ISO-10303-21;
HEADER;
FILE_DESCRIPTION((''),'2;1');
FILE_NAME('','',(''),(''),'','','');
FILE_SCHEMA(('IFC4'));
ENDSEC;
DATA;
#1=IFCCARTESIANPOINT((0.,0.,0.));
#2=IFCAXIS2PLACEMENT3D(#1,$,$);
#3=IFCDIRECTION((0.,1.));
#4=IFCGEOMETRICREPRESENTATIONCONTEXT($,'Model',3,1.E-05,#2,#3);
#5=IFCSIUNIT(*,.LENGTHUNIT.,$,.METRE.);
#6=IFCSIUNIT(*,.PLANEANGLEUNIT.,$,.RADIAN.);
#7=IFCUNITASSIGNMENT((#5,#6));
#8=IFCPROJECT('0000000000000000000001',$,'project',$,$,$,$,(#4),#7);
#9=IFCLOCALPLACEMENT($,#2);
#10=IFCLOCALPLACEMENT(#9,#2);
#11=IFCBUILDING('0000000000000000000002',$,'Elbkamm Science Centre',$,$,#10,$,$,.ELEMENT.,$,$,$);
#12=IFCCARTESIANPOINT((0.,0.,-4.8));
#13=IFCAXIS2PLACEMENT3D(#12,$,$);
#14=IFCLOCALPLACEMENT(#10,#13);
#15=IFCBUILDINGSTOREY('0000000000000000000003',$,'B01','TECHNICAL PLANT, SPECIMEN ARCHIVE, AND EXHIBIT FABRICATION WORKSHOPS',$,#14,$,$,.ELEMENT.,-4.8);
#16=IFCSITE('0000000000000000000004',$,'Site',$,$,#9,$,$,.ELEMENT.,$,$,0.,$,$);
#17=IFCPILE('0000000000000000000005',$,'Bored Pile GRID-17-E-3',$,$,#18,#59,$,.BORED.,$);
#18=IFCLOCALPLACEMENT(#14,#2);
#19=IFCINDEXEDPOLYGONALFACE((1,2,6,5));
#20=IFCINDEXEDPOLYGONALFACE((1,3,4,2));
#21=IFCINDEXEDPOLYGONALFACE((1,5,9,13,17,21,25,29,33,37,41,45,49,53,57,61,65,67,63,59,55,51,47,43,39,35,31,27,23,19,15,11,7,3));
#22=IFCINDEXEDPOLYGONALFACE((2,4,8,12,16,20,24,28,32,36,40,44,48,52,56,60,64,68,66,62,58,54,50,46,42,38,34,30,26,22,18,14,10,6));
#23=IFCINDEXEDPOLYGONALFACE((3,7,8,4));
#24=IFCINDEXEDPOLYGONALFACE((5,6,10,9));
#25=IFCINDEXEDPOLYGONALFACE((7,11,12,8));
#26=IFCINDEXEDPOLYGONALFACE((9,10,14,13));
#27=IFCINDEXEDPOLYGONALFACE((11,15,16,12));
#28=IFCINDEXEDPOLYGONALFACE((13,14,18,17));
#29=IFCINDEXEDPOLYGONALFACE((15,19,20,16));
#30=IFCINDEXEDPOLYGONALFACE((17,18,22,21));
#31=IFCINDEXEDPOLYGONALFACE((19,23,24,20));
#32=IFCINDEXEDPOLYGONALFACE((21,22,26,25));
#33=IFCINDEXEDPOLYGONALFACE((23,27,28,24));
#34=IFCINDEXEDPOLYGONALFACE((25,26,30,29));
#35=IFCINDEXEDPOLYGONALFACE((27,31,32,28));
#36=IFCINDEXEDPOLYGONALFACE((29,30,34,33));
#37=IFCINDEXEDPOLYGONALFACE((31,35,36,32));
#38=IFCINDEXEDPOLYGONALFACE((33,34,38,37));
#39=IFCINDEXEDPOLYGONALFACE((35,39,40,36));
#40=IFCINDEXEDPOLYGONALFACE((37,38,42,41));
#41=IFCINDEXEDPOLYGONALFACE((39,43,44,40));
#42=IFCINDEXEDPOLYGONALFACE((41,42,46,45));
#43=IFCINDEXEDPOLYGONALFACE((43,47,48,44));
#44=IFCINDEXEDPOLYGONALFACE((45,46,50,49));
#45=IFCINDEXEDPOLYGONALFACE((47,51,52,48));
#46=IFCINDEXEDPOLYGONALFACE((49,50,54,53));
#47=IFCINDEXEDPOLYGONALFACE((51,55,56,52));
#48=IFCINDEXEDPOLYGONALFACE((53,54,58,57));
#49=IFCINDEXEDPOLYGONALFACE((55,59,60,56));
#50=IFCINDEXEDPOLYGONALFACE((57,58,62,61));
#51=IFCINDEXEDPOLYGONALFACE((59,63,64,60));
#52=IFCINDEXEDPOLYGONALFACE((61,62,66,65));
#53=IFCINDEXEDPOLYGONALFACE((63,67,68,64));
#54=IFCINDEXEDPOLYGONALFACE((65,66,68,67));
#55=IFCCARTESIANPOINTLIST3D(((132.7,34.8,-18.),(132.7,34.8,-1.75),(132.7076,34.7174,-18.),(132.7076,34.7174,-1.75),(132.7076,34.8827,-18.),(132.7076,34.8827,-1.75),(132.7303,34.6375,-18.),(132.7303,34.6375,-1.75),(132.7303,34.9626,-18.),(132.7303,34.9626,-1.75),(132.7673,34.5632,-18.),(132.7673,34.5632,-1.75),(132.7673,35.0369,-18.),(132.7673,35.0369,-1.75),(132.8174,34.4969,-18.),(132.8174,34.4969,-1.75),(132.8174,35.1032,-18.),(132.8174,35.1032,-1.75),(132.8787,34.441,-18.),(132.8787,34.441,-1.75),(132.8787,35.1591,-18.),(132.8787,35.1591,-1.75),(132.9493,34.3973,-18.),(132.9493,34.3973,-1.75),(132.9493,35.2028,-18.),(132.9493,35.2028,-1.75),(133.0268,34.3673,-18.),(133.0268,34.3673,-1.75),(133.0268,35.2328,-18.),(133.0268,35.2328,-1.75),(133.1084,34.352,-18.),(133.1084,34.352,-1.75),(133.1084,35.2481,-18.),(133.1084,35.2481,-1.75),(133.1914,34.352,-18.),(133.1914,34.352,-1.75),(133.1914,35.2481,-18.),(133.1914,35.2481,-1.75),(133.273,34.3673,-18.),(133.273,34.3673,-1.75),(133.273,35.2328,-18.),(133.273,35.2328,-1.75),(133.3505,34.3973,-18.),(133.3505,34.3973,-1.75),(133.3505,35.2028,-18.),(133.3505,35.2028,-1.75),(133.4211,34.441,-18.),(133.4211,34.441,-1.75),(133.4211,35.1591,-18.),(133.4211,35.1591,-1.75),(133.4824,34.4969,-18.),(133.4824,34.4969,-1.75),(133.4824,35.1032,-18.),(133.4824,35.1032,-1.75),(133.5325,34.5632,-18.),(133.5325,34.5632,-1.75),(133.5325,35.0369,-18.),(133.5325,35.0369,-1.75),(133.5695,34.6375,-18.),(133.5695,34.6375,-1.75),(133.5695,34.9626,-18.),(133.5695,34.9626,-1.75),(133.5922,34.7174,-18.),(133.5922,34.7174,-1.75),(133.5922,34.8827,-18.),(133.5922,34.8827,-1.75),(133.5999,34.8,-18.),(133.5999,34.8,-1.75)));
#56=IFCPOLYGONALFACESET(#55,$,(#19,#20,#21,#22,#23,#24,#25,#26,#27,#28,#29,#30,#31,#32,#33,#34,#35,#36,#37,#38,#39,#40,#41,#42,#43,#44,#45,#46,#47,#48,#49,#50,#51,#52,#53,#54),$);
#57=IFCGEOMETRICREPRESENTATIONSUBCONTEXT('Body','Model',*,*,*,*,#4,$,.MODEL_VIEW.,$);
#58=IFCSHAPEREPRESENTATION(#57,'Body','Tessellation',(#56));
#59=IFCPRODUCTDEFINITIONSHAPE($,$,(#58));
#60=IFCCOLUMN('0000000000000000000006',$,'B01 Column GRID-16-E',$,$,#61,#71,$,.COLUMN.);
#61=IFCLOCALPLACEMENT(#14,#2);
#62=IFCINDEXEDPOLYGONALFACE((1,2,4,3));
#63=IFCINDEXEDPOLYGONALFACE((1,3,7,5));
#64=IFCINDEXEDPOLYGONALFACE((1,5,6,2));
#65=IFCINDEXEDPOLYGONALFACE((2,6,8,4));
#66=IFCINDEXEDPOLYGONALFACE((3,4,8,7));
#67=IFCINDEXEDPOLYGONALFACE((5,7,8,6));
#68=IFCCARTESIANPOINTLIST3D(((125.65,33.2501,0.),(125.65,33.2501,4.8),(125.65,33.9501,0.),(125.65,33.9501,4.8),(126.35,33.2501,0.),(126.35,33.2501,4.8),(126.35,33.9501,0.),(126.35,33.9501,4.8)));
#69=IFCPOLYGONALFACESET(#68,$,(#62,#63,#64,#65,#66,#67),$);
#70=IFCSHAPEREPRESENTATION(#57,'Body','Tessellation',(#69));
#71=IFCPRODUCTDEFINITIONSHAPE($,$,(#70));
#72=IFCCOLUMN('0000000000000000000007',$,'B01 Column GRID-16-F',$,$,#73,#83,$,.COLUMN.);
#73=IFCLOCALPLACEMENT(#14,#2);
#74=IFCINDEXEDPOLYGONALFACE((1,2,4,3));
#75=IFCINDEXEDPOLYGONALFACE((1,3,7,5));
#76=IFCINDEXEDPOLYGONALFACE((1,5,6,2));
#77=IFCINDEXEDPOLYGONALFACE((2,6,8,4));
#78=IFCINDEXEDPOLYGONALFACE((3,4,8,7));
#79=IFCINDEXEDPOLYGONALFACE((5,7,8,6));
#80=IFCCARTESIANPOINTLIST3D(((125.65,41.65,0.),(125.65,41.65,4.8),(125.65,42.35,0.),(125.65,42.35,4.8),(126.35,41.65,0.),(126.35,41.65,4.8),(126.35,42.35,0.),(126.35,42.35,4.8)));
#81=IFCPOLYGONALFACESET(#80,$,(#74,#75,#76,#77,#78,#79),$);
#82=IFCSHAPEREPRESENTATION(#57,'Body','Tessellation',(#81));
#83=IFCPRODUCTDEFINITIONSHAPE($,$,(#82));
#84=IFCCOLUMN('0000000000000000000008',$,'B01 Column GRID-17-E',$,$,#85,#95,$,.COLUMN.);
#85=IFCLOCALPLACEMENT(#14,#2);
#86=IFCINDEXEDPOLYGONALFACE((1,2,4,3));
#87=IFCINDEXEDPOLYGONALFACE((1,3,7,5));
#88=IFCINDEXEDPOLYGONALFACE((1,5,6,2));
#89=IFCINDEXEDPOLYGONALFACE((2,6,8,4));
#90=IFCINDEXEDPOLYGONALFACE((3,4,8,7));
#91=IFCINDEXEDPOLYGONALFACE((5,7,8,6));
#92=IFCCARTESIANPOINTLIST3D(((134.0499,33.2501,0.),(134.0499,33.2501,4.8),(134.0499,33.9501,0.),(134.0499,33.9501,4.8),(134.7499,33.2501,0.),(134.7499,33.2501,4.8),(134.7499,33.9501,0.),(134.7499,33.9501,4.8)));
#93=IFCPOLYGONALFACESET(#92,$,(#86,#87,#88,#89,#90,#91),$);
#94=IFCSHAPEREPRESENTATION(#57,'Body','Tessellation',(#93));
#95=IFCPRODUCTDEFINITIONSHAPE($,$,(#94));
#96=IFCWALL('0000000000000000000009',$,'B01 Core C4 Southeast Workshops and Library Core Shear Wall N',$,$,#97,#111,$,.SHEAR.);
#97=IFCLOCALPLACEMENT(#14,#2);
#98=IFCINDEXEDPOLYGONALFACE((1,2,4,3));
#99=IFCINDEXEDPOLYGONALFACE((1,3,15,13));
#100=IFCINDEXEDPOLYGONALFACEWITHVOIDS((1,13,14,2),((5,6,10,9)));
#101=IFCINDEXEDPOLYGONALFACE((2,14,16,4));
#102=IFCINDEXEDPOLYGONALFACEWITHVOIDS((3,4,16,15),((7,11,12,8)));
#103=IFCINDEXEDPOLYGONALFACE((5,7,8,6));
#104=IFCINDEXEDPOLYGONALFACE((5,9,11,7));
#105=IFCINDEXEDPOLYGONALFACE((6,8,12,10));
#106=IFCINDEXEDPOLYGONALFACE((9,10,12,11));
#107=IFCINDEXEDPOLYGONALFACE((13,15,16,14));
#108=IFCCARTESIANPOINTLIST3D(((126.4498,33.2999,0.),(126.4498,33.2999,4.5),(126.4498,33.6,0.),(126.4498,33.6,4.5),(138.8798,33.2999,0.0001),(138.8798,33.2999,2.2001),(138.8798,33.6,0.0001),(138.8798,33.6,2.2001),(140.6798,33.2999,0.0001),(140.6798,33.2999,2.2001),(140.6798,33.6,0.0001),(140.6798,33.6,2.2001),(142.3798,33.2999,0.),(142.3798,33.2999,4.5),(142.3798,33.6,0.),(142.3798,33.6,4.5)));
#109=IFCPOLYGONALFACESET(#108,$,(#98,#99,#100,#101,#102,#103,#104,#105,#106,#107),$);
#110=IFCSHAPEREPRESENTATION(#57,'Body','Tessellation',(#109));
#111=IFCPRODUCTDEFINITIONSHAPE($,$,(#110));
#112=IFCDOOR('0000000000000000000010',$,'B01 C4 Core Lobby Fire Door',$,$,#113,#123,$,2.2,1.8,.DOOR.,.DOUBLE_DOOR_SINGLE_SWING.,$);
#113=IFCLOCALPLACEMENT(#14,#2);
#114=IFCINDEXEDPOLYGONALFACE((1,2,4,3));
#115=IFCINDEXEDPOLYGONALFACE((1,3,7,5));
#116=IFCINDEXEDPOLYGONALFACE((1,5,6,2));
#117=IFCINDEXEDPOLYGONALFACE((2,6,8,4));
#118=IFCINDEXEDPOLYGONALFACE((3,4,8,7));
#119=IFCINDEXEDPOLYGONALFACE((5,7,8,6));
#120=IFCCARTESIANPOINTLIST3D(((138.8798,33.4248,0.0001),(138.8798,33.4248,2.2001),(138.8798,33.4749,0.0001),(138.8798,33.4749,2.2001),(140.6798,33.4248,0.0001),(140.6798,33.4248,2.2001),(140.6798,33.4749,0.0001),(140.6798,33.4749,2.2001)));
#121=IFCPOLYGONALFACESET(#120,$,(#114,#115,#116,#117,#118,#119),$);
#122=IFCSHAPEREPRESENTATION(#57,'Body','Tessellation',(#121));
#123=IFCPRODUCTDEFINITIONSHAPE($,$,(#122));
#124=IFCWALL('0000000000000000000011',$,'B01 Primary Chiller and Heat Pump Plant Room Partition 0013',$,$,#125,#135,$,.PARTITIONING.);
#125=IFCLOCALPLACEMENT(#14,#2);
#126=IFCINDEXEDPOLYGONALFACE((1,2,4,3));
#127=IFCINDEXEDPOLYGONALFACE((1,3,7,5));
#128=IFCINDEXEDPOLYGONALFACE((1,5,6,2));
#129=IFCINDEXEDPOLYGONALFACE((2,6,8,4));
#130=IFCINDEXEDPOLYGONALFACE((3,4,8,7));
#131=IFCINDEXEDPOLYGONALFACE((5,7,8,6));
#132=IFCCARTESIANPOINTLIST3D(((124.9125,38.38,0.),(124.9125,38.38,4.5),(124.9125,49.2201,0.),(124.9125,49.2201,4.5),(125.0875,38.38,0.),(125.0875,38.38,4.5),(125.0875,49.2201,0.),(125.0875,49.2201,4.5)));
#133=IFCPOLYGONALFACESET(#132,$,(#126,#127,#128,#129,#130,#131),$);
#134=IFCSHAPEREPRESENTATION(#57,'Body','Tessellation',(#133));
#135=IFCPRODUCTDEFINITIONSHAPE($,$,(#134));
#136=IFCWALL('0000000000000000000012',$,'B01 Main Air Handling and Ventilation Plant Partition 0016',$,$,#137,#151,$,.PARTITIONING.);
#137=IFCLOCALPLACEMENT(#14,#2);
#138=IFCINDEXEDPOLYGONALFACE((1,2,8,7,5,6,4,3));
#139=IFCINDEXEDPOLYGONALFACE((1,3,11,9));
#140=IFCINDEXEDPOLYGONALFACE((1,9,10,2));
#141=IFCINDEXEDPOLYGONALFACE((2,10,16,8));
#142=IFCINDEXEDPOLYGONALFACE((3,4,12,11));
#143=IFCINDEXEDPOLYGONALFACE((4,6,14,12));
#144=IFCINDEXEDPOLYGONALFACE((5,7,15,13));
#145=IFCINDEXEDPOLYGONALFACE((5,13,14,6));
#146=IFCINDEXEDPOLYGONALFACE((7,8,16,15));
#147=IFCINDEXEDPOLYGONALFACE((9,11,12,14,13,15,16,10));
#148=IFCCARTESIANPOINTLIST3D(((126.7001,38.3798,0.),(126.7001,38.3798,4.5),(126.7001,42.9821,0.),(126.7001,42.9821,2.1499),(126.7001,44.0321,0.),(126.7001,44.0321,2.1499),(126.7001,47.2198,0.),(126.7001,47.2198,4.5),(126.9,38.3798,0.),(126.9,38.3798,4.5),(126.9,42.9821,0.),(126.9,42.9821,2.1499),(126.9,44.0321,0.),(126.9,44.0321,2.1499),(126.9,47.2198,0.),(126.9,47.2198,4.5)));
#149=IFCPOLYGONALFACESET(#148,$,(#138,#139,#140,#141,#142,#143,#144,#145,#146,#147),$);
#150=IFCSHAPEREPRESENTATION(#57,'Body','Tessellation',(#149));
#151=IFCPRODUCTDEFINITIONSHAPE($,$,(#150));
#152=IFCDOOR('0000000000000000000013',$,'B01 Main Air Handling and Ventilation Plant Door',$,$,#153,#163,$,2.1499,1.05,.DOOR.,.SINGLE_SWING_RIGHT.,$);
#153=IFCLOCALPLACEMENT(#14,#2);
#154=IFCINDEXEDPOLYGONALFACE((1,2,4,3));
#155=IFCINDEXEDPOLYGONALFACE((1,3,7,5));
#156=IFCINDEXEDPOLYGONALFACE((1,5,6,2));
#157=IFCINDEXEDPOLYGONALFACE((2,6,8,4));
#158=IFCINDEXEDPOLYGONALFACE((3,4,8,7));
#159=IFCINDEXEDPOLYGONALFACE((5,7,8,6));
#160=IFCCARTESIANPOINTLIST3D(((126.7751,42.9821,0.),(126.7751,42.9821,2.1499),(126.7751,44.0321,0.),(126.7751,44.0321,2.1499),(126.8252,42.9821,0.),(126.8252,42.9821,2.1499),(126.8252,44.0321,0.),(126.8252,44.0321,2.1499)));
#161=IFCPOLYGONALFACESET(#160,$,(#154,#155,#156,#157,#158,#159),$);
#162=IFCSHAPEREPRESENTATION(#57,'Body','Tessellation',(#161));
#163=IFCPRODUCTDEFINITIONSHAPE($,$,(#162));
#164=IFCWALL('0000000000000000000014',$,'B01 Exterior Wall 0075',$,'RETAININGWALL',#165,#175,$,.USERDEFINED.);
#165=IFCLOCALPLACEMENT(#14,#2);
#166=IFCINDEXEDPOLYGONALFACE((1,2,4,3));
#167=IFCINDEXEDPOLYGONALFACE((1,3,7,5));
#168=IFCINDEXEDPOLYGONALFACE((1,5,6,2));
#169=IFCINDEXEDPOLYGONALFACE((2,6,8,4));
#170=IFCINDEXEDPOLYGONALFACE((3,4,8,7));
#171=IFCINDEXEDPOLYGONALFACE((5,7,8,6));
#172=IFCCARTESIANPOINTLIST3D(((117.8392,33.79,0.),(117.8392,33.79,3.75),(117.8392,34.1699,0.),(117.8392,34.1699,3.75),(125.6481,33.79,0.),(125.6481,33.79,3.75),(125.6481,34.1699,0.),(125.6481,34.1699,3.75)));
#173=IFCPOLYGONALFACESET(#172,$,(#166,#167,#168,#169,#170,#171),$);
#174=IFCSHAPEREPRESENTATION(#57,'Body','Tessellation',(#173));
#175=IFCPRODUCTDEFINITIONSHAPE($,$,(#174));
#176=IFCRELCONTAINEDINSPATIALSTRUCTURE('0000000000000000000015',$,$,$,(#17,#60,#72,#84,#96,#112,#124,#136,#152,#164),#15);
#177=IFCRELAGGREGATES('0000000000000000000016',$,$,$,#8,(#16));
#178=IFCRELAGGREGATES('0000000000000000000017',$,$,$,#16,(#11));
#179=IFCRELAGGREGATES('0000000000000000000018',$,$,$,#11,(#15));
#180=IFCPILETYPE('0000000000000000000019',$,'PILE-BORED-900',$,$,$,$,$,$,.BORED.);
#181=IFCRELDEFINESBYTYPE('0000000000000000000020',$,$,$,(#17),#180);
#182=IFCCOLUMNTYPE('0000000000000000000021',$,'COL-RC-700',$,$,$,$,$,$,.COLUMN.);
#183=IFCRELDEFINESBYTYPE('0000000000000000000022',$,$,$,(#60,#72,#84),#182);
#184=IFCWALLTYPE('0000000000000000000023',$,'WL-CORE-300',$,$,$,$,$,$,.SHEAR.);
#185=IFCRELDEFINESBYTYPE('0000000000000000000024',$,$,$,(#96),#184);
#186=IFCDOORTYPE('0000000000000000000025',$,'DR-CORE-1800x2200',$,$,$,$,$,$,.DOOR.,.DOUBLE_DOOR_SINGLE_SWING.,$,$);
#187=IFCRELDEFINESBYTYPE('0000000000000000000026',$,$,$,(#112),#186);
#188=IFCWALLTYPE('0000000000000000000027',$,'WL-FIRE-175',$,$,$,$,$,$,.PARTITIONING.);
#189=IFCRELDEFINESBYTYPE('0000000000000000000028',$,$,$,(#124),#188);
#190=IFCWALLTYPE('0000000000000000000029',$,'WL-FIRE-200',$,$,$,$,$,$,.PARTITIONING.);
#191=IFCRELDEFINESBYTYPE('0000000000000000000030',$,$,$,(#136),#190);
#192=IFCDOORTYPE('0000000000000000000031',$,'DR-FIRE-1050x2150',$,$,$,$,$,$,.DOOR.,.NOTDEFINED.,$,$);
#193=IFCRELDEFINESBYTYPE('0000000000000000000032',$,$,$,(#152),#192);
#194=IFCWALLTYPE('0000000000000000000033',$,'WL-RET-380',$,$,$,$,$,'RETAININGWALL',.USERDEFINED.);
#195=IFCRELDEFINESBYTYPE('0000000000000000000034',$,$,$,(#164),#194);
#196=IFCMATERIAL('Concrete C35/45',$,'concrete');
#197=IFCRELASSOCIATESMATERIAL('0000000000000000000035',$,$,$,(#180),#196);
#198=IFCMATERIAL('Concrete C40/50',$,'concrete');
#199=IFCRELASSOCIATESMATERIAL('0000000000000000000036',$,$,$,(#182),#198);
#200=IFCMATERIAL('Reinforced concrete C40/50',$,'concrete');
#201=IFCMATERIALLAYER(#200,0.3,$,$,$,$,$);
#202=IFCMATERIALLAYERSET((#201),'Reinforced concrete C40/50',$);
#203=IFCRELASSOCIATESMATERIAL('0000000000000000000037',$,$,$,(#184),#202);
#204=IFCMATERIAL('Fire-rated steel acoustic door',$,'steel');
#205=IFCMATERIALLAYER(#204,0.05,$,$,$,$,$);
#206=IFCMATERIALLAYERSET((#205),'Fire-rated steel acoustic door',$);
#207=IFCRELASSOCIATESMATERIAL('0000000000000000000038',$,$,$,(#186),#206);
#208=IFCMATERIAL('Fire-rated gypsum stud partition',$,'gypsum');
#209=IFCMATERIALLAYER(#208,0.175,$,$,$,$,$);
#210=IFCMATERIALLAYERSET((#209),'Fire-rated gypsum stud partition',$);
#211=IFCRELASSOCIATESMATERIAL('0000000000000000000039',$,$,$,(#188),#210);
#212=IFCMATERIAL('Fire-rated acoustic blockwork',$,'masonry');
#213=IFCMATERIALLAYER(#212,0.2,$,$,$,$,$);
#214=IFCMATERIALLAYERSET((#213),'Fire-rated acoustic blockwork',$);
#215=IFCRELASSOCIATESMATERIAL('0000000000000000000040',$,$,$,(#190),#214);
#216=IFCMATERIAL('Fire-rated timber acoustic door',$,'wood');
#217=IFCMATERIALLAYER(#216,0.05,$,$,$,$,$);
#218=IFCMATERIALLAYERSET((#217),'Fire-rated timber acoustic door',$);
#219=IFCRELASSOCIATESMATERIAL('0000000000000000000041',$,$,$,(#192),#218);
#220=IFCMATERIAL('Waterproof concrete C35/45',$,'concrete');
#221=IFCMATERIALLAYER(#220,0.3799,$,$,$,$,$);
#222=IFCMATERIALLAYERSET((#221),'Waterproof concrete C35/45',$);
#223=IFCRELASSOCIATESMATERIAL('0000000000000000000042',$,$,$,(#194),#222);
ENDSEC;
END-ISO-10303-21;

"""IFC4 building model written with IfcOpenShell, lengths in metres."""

from ifc_helpers import new_model, si_unit, direction, frame, frame_2d, origin, origin_2d, place, context, subcontext, project, spatial, rectangle, circle, extrude, material, layer, layer_set, material_profile, profile_set, type_object, element, fill, save


model = new_model("IFC4")

# Units and contexts
model_context = context("Model", 3, precision=1e-05, world=origin(), true_north=direction((0.0, 1.0)))
body_context = subcontext(model_context, "Body", "Model", "MODEL_VIEW")
ifc_project = project(units=[si_unit("LENGTHUNIT", "METRE"), si_unit("PLANEANGLEUNIT", "RADIAN")], contexts=[model_context])

# Site, building, storey
site_placement = place(None, origin())
site = spatial("IfcSite", under=ifc_project, at=site_placement, Name="Site", CompositionType="ELEMENT", RefElevation=0.0)
building_placement = place(site_placement, origin())
building = spatial("IfcBuilding", under=site, at=building_placement, Name="Elbkamm Science Centre", CompositionType="ELEMENT")
storey_placement = place(building_placement, frame((0.0, 0.0, -4.8)))
storey = spatial("IfcBuildingStorey", under=building, at=storey_placement, Name="B01", Description="TECHNICAL PLANT, SPECIMEN ARCHIVE, AND EXHIBIT FABRICATION WORKSHOPS", CompositionType="ELEMENT", Elevation=-4.8)

# Shared definitions
ifc_material_1 = material(Name="Concrete C35/45", Category="concrete")

# Pile
ifc_material_profile_1 = material_profile(ifc_material_1, circle(Radius=0.45, at=origin_2d()), Name="PILE D900")
ifc_profile_set_1 = profile_set([ifc_material_profile_1], Name="Concrete C35/45")
pile_type_1 = type_object("IfcPileType", Name="PILE-BORED-900", PredefinedType="BORED", material=ifc_profile_set_1)
for number, where, z_axis, x_axis, name in (
    (1, (133.1499, 34.8, -1.75), (0.0, 0.0, -1.0), (1.0, 0.0, 0.0), "Bored Pile GRID-17-E-3"),
):
    element("IfcPile", number, at=place(storey_placement, frame(where, z_axis=z_axis, x_axis=x_axis)), inside=storey, type_object=pile_type_1, Name=name, PredefinedType="BORED", context=body_context, shape_type="SweptSolid", body=[
        extrude(circle(Radius=0.45, at=origin_2d()), origin(), (0.0, 0.0, 1.0), 16.25),
    ])

# Columns
ifc_material_2 = material(Name="Concrete C40/50", Category="concrete")
ifc_material_profile_2 = material_profile(ifc_material_2, rectangle(XDim=0.7, YDim=0.7, at=origin_2d()), Name="RC 700x700")
ifc_profile_set_2 = profile_set([ifc_material_profile_2], Name="Concrete C40/50")
column_type = type_object("IfcColumnType", Name="COL-RC-700", PredefinedType="COLUMN", material=ifc_profile_set_2)
for number, where, z_axis, x_axis, name in (
    (2, (126.0, 33.6001, 0.0), (0.0, 0.0, 1.0), (1.0, 0.0, 0.0), "B01 Column GRID-16-E"),
    (3, (126.0, 42.0, 0.0), (0.0, 0.0, 1.0), (1.0, 0.0, 0.0), "B01 Column GRID-16-F"),
    (4, (134.3999, 33.6001, 0.0), (0.0, 0.0, 1.0), (1.0, 0.0, 0.0), "B01 Column GRID-17-E"),
):
    element("IfcColumn", number, at=place(storey_placement, frame(where, z_axis=z_axis, x_axis=x_axis)), inside=storey, type_object=column_type, Name=name, PredefinedType="COLUMN", context=body_context, shape_type="SweptSolid", body=[
        extrude(rectangle(XDim=0.7, YDim=0.7, at=origin_2d()), origin(), (0.0, 0.0, 1.0), 4.8),
    ])

# Wall, opening, door
ifc_material_3 = material(Name="Reinforced concrete C40/50", Category="concrete")
ifc_layer_1 = layer(ifc_material_3, 0.3)
ifc_layer_set_1 = layer_set([ifc_layer_1], Name="Reinforced concrete C40/50")
wall_type_1 = type_object("IfcWallType", Name="WL-CORE-300", PredefinedType="SHEAR", material=ifc_layer_set_1)
wall_1_placement = place(storey_placement, frame((126.45, 33.45, 0.0), z_axis=(0.0, 0.0, 1.0), x_axis=(1.0, 0.0, 0.0)))
wall_1 = element("IfcWall", 5, at=wall_1_placement, inside=storey, type_object=wall_type_1, Name="B01 Core C4 Southeast Workshops and Library Core Shear Wall N", PredefinedType="SHEAR", context=body_context, shape_type="SweptSolid", body=[
    extrude(rectangle(XDim=15.9299, YDim=0.3, at=frame_2d((7.9648, 0.0))), origin(), (0.0, 0.0, 1.0), 4.5),
])
opening_1_placement = place(wall_1_placement, frame((12.4299, 0.0, 0.0)))
opening_1 = element("IfcOpeningElement", 6, at=opening_1_placement, cuts=wall_1, PredefinedType="OPENING", context=body_context, shape_type="SweptSolid", body=[
    extrude(rectangle(XDim=1.8, YDim=2.2, at=frame_2d((0.8999, 1.1001))), frame((0.0, 0.1621, 0.0), z_axis=(0.0, -1.0, 0.0), x_axis=(1.0, 0.0, 0.0)), (0.0, 0.0, 1.0), 0.324),
])
ifc_material_4 = material(Name="Fire-rated steel acoustic door", Category="steel")
ifc_layer_2 = layer(ifc_material_4, 0.05)
ifc_layer_set_2 = layer_set([ifc_layer_2], Name="Fire-rated steel acoustic door")
door_type_1 = type_object("IfcDoorType", Name="DR-CORE-1800x2200", OperationType="DOUBLE_DOOR_SINGLE_SWING", PredefinedType="DOOR", material=ifc_layer_set_2)
door_1_placement = place(opening_1_placement, origin())
door_1 = element("IfcDoor", 7, at=door_1_placement, inside=storey, type_object=door_type_1, Name="B01 C4 Core Lobby Fire Door", OperationType="DOUBLE_DOOR_SINGLE_SWING", OverallHeight=2.2, OverallWidth=1.8, PredefinedType="DOOR", context=body_context, shape_type="SweptSolid", body=[
    extrude(rectangle(XDim=1.8, YDim=2.2, at=frame_2d((0.8999, 1.1001))), frame((0.0, 0.0249, 0.0), z_axis=(0.0, -1.0, 0.0), x_axis=(1.0, 0.0, 0.0)), (0.0, 0.0, 1.0), 0.05),
])
fill(opening_1, door_1)

# Wall
ifc_material_5 = material(Name="Fire-rated gypsum stud partition", Category="gypsum")
ifc_layer_3 = layer(ifc_material_5, 0.175)
ifc_layer_set_3 = layer_set([ifc_layer_3], Name="Fire-rated gypsum stud partition")
wall_type_2 = type_object("IfcWallType", Name="WL-FIRE-175", PredefinedType="PARTITIONING", material=ifc_layer_set_3)
wall_2_placement = place(storey_placement, frame((125.0, 49.22, 0.0), z_axis=(0.0, 0.0, 1.0), x_axis=(0.0, -1.0, 0.0)))
element("IfcWall", 8, at=wall_2_placement, inside=storey, type_object=wall_type_2, Name="B01 Primary Chiller and Heat Pump Plant Room Partition 0013", PredefinedType="PARTITIONING", context=body_context, shape_type="SweptSolid", body=[
    extrude(rectangle(XDim=10.8401, YDim=0.175, at=frame_2d((5.4199, 0.0))), origin(), (0.0, 0.0, 1.0), 4.5),
])

# Wall, opening, door
ifc_material_6 = material(Name="Fire-rated acoustic blockwork", Category="masonry")
ifc_layer_4 = layer(ifc_material_6, 0.2)
ifc_layer_set_4 = layer_set([ifc_layer_4], Name="Fire-rated acoustic blockwork")
wall_type_3 = type_object("IfcWallType", Name="WL-FIRE-200", PredefinedType="PARTITIONING", material=ifc_layer_set_4)
wall_3_placement = place(storey_placement, frame((126.8, 38.3799, 0.0), z_axis=(0.0, 0.0, 1.0), x_axis=(0.0, 1.0, 0.0)))
wall_3 = element("IfcWall", 9, at=wall_3_placement, inside=storey, type_object=wall_type_3, Name="B01 Main Air Handling and Ventilation Plant Partition 0016", PredefinedType="PARTITIONING", context=body_context, shape_type="SweptSolid", body=[
    extrude(rectangle(XDim=8.8401, YDim=0.2, at=frame_2d((4.4199, 0.0))), origin(), (0.0, 0.0, 1.0), 4.5),
])
opening_2_placement = place(wall_3_placement, frame((4.6023, 0.0, 0.0)))
opening_2 = element("IfcOpeningElement", 10, at=opening_2_placement, cuts=wall_3, PredefinedType="OPENING", context=body_context, shape_type="SweptSolid", body=[
    extrude(rectangle(XDim=1.05, YDim=2.1499, at=frame_2d((0.5249, 1.075))), frame((0.0, 0.1118, 0.0), z_axis=(0.0, -1.0, 0.0), x_axis=(1.0, 0.0, 0.0)), (0.0, 0.0, 1.0), 0.2239),
])
ifc_material_7 = material(Name="Fire-rated timber acoustic door", Category="wood")
ifc_layer_5 = layer(ifc_material_7, 0.05)
ifc_layer_set_5 = layer_set([ifc_layer_5], Name="Fire-rated timber acoustic door")
door_type_2 = type_object("IfcDoorType", Name="DR-FIRE-1050x2150", OperationType="NOTDEFINED", PredefinedType="DOOR", material=ifc_layer_set_5)
door_2_placement = place(opening_2_placement, origin())
door_2 = element("IfcDoor", 11, at=door_2_placement, inside=storey, type_object=door_type_2, Name="B01 Main Air Handling and Ventilation Plant Door", OperationType="SINGLE_SWING_RIGHT", OverallHeight=2.1499, OverallWidth=1.05, PredefinedType="DOOR", context=body_context, shape_type="SweptSolid", body=[
    extrude(rectangle(XDim=1.05, YDim=2.1499, at=frame_2d((0.5249, 1.075))), frame((0.0, 0.0249, 0.0), z_axis=(0.0, -1.0, 0.0), x_axis=(1.0, 0.0, 0.0)), (0.0, 0.0, 1.0), 0.05),
])
fill(opening_2, door_2)

# Wall
ifc_material_8 = material(Name="Waterproof concrete C35/45", Category="concrete")
ifc_layer_6 = layer(ifc_material_8, 0.3799)
ifc_layer_set_6 = layer_set([ifc_layer_6], Name="Waterproof concrete C35/45")
wall_type_4 = type_object("IfcWallType", Name="WL-RET-380", ElementType="RETAININGWALL", PredefinedType="USERDEFINED", material=ifc_layer_set_6)
wall_4_placement = place(storey_placement, frame((125.6479, 33.98, 0.0), z_axis=(0.0, 0.0, 1.0), x_axis=(-1.0, 0.0, 0.0)))
element("IfcWall", 12, at=wall_4_placement, inside=storey, type_object=wall_type_4, Name="B01 Exterior Wall 0075", ObjectType="RETAININGWALL", PredefinedType="USERDEFINED", context=body_context, shape_type="SweptSolid", body=[
    extrude(rectangle(XDim=7.8088, YDim=0.3799, at=frame_2d((3.9043, 0.0))), origin(), (0.0, 0.0, 1.0), 3.75),
])

save(model, "model.ifc")
